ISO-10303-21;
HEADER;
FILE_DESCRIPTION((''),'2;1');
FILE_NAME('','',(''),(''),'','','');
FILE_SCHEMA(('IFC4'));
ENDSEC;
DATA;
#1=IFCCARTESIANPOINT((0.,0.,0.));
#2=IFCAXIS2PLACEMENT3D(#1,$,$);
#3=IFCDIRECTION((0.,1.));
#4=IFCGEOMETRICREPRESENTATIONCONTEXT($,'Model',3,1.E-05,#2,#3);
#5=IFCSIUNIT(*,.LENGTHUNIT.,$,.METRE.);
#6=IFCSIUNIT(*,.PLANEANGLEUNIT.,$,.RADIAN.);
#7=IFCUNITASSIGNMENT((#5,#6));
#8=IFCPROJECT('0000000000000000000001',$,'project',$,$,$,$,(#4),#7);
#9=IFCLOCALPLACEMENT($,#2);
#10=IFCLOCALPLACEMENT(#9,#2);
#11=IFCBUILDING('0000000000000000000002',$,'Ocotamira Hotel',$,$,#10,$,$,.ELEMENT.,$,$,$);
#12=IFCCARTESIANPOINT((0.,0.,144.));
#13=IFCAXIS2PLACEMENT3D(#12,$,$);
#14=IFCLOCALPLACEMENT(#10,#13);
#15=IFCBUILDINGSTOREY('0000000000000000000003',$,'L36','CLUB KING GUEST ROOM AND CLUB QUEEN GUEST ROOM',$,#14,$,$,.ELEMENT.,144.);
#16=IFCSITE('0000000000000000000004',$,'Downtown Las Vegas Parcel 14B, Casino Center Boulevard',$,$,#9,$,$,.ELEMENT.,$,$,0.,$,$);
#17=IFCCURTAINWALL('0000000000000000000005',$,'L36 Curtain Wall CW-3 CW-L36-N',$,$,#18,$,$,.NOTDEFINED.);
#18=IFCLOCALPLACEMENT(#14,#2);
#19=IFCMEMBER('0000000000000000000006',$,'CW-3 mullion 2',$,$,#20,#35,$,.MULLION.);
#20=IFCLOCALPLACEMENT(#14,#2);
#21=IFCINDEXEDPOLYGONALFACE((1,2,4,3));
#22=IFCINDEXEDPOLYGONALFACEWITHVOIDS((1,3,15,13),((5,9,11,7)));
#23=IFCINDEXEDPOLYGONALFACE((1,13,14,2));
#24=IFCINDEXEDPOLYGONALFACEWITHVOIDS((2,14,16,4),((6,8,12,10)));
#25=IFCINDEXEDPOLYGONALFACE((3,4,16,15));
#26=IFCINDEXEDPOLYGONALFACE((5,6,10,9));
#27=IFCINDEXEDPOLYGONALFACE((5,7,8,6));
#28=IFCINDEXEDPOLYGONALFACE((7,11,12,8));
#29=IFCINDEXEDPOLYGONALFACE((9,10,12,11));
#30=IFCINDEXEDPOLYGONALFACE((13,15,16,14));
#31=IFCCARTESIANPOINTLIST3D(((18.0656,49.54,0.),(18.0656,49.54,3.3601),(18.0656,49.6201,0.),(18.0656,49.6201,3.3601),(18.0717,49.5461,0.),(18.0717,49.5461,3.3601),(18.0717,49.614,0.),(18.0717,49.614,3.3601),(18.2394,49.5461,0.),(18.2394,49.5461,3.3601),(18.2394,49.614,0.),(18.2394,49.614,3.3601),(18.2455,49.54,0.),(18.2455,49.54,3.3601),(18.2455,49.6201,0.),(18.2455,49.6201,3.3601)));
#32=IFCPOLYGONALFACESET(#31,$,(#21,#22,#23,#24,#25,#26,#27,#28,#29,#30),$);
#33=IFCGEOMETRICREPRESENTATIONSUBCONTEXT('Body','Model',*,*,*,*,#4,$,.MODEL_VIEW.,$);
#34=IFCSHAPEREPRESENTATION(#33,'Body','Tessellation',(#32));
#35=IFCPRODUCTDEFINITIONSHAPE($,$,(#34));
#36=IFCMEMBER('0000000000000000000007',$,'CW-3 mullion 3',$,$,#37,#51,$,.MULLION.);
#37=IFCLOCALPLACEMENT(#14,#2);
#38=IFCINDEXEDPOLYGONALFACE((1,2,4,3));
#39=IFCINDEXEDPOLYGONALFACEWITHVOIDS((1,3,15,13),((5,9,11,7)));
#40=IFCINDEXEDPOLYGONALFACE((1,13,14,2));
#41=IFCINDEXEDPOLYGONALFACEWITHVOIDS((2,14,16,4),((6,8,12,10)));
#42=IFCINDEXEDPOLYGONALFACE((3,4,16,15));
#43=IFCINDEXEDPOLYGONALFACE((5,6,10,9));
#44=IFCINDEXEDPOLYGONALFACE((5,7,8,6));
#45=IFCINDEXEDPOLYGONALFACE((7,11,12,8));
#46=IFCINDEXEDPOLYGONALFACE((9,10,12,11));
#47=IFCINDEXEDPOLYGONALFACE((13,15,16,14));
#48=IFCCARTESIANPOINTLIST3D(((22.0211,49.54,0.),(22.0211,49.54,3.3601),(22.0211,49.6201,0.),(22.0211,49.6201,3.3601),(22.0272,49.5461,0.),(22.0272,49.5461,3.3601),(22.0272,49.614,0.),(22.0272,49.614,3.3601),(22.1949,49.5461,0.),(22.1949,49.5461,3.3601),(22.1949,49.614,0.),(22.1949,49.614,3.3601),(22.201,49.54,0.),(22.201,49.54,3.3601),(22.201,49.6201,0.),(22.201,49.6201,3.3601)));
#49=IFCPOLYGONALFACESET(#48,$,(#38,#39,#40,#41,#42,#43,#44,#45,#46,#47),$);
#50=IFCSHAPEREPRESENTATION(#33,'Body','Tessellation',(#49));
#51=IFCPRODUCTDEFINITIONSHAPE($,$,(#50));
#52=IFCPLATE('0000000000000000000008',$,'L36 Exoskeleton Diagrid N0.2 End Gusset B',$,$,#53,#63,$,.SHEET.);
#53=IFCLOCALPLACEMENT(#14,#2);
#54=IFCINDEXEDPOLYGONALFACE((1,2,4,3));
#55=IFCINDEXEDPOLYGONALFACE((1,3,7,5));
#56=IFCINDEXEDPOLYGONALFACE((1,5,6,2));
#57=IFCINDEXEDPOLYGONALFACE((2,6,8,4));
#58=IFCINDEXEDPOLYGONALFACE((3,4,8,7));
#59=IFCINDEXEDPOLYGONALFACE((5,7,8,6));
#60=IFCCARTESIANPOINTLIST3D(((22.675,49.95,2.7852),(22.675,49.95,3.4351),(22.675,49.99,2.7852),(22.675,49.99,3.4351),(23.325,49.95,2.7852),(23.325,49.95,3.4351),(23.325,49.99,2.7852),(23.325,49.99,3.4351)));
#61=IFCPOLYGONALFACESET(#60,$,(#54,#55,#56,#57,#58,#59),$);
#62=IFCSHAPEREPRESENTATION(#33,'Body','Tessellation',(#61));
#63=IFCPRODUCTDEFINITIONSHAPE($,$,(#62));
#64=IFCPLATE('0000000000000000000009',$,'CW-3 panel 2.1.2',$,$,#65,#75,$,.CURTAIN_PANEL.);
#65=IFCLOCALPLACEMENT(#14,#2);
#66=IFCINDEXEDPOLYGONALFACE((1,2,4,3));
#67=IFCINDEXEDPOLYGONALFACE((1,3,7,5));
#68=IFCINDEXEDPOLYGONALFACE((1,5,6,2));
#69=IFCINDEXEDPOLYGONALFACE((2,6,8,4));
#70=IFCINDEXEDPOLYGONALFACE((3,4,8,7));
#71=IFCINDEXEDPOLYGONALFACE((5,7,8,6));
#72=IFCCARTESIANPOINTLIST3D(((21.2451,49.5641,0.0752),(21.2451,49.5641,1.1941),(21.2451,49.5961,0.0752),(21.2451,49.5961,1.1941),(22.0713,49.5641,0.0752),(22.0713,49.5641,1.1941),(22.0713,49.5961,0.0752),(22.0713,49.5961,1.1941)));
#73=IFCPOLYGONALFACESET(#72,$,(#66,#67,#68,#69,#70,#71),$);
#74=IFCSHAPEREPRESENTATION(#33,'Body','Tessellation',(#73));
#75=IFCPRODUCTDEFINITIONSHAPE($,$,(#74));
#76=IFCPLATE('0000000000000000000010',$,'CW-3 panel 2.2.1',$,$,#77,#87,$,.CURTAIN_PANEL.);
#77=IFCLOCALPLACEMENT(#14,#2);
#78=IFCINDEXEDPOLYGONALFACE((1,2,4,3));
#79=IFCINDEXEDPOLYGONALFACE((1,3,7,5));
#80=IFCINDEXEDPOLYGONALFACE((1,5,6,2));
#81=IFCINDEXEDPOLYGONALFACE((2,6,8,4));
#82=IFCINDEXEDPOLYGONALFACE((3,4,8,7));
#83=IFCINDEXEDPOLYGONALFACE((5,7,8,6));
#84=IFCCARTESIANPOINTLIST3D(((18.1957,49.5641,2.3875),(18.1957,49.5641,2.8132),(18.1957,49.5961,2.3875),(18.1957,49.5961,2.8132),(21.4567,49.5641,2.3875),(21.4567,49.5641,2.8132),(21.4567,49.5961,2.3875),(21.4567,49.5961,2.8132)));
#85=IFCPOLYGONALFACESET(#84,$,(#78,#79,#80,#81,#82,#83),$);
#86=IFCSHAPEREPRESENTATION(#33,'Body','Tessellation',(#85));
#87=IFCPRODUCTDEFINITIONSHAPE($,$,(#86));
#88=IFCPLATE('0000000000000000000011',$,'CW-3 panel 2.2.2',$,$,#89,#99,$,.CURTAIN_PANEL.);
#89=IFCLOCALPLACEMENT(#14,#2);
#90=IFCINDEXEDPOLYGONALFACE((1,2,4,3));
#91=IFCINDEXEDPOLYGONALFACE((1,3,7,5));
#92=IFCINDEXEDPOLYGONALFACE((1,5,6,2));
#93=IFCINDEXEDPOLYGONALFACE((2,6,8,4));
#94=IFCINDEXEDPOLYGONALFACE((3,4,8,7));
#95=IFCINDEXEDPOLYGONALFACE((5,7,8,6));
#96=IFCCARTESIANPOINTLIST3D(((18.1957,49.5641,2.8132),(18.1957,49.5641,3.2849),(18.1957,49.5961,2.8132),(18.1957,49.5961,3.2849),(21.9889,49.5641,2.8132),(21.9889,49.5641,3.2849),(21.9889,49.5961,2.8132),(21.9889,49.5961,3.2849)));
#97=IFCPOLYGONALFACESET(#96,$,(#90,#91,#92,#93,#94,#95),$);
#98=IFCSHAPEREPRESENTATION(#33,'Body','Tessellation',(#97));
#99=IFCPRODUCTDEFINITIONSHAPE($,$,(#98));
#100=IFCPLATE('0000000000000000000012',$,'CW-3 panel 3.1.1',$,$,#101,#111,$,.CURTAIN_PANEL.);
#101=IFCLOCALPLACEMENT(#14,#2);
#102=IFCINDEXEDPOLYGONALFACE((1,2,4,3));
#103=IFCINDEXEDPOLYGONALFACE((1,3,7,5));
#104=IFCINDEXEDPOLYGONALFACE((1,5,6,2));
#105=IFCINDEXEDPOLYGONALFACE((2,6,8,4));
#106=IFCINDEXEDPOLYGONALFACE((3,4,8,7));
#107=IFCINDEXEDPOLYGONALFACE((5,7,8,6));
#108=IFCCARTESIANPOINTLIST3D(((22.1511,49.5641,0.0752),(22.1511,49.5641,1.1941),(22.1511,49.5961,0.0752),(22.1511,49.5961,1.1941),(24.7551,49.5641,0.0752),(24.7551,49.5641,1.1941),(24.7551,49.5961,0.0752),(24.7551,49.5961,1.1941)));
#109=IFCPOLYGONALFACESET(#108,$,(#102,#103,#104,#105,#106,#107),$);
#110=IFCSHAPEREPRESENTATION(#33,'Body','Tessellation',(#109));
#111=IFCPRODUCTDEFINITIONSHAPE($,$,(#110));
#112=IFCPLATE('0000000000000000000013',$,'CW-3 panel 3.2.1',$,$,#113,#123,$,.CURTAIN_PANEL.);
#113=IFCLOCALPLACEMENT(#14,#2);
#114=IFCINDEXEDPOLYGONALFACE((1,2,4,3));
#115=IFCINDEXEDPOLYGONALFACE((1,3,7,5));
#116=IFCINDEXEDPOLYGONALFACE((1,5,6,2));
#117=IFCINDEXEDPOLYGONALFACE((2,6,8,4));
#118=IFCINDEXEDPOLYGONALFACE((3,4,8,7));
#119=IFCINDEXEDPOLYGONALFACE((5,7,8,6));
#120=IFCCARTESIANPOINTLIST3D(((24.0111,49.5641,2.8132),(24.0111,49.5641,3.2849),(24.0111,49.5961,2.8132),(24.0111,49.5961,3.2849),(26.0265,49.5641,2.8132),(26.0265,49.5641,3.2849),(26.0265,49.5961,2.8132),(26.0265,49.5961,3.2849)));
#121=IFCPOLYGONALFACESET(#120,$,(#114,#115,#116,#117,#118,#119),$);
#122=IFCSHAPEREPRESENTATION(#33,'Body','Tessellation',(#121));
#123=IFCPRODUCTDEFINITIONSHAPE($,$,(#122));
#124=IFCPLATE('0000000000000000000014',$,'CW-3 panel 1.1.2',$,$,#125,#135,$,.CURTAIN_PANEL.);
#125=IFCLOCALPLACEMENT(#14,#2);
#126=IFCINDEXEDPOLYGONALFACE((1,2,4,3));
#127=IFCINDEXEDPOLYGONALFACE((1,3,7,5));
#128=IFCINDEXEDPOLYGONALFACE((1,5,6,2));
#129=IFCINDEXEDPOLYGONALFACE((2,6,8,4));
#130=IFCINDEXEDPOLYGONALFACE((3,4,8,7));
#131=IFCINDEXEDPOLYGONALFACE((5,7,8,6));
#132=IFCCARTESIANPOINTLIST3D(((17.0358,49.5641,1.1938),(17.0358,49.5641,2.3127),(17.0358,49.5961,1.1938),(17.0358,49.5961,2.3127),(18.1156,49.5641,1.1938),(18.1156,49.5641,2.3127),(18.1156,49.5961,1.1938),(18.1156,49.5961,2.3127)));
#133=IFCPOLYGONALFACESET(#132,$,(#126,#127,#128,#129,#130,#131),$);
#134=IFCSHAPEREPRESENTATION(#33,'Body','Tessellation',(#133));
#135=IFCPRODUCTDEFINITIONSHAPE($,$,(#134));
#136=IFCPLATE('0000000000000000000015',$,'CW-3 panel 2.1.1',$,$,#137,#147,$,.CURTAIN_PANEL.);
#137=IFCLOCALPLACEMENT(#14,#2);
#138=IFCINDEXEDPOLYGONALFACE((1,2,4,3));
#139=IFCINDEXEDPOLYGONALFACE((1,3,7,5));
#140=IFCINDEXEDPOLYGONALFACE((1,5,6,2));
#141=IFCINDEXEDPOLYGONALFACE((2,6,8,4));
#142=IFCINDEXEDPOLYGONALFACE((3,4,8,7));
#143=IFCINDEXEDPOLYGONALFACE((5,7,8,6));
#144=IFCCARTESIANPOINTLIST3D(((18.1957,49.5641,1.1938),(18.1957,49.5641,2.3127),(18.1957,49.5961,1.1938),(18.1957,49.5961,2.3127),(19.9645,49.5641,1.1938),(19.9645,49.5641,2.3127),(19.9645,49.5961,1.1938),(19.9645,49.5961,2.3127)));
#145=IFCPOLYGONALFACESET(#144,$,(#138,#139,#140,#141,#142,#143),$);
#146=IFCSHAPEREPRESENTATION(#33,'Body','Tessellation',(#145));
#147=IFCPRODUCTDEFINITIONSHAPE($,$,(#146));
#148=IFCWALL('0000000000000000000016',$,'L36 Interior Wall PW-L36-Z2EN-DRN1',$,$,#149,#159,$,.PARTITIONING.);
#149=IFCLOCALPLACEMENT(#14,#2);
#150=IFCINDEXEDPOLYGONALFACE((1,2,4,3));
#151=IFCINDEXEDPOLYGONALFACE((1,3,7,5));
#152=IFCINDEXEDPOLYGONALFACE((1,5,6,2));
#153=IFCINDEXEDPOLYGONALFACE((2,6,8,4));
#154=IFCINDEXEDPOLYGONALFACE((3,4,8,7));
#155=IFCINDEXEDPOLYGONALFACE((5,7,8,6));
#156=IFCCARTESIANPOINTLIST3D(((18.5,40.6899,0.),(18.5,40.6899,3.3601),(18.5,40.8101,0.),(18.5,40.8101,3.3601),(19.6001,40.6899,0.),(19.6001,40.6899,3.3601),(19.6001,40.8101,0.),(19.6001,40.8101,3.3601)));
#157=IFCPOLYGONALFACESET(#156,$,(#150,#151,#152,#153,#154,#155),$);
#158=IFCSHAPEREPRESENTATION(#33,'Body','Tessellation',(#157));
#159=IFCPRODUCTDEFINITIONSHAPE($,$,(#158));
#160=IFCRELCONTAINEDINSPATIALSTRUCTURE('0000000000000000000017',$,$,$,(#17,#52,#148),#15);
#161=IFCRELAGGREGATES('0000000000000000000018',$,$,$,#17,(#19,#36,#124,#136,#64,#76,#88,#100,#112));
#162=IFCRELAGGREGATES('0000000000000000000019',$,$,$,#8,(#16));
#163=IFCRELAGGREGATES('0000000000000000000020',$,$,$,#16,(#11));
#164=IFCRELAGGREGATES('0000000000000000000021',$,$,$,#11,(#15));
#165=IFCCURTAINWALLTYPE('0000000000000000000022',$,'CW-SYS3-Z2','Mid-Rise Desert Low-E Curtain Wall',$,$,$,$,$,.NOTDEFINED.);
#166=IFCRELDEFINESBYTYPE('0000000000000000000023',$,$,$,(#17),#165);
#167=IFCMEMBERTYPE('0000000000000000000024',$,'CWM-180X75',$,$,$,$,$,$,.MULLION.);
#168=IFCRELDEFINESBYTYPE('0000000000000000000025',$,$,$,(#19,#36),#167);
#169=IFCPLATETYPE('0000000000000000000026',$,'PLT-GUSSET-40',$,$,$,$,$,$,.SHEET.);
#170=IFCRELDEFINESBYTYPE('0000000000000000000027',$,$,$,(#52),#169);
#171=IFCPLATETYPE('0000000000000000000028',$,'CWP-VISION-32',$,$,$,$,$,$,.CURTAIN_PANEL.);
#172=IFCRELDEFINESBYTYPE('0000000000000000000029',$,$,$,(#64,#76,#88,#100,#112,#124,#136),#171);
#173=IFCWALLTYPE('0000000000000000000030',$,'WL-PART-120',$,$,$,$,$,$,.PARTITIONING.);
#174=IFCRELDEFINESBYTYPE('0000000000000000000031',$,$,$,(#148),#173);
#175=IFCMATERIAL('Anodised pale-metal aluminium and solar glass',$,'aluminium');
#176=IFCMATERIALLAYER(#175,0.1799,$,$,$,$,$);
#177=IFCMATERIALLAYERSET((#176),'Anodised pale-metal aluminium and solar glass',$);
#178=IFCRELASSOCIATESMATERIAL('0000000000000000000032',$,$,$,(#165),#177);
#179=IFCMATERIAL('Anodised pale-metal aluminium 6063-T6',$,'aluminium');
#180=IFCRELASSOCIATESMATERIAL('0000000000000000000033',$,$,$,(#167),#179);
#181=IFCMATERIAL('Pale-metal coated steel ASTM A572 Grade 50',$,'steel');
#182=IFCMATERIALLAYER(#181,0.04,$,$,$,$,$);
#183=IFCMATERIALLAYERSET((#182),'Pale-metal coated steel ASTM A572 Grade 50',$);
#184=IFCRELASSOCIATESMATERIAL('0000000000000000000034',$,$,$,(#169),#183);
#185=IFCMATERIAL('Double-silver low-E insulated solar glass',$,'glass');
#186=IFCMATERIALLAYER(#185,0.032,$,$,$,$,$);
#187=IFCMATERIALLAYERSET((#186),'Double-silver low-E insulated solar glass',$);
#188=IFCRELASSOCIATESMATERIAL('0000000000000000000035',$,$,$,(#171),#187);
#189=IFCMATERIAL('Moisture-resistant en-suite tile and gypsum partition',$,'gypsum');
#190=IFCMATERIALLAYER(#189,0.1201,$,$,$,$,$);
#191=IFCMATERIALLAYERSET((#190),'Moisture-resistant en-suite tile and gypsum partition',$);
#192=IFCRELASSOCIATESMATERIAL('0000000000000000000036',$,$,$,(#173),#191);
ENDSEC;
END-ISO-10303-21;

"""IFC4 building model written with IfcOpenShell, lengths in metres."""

from ifc_helpers import new_model, si_unit, direction, frame, frame_2d, origin, origin_2d, place, context, subcontext, project, spatial, rectangle, hollow_rectangle, extrude, source, transform, mapped, material, layer, layer_set, material_profile, profile_set, type_object, element, aggregate, save


model = new_model("IFC4")

# Units and contexts
model_context = context("Model", 3, precision=1e-05, world=origin(), true_north=direction((0.0, 1.0)))
body_context = subcontext(model_context, "Body", "Model", "MODEL_VIEW")
ifc_project = project(units=[si_unit("LENGTHUNIT", "METRE"), si_unit("PLANEANGLEUNIT", "RADIAN")], contexts=[model_context])

# Site, building, storey
site_placement = place(None, origin())
site = spatial("IfcSite", under=ifc_project, at=site_placement, Name="Downtown Las Vegas Parcel 14B, Casino Center Boulevard", CompositionType="ELEMENT", RefElevation=0.0)
building_placement = place(site_placement, origin())
building = spatial("IfcBuilding", under=site, at=building_placement, Name="Ocotamira Hotel", CompositionType="ELEMENT")
storey_placement = place(building_placement, frame((0.0, 0.0, 144.0)))
storey = spatial("IfcBuildingStorey", under=building, at=storey_placement, Name="L36", Description="CLUB KING GUEST ROOM AND CLUB QUEEN GUEST ROOM", CompositionType="ELEMENT", Elevation=144.0)

# Curtain wall, members
ifc_material_1 = material(Name="Anodised pale-metal aluminium and solar glass", Category="aluminium")
ifc_layer_1 = layer(ifc_material_1, 0.1799)
ifc_layer_set_1 = layer_set([ifc_layer_1], Name="Anodised pale-metal aluminium and solar glass")
curtain_wall_type = type_object("IfcCurtainWallType", Name="CW-SYS3-Z2", Description="Mid-Rise Desert Low-E Curtain Wall", PredefinedType="NOTDEFINED", material=ifc_layer_set_1)
curtain_wall_placement = place(storey_placement, origin())
curtain_wall = element("IfcCurtainWall", 1, at=curtain_wall_placement, inside=storey, type_object=curtain_wall_type, Name="L36 Curtain Wall CW-3 CW-L36-N", PredefinedType="NOTDEFINED")
ifc_material_2 = material(Name="Anodised pale-metal aluminium 6063-T6", Category="aluminium")
ifc_material_profile_1 = material_profile(ifc_material_2, hollow_rectangle(XDim=0.0801, YDim=0.1799, WallThickness=0.0061, at=origin_2d()), Name="HSS180X80X6")
ifc_profile_set_1 = profile_set([ifc_material_profile_1], Name="Anodised pale-metal aluminium 6063-T6")
member_type_1 = type_object("IfcMemberType", Name="CWM-180X75", PredefinedType="MULLION", material=ifc_profile_set_1)
shared_shape_1 = source(origin(), body_context, "Body", "SweptSolid", [
    extrude(hollow_rectangle(XDim=0.0801, YDim=0.1799, WallThickness=0.0061, at=origin_2d()), origin(), (0.0, 0.0, 1.0), 3.3601),
])
member_1_placement = place(storey_placement, frame((18.1555, 49.5801, 0.0), z_axis=(0.0, 0.0, 1.0), x_axis=(0.0, 1.0, 0.0)))
member_1 = element("IfcMember", 2, at=member_1_placement, type_object=member_type_1, Name="CW-3 mullion 2", PredefinedType="MULLION", context=body_context, shape_type="MappedRepresentation", body=[
    mapped(shared_shape_1, transform((0.0, 0.0, 0.0), scale=1.0)),
])
member_2_placement = place(storey_placement, frame((22.1111, 49.5801, 0.0), z_axis=(0.0, 0.0, 1.0), x_axis=(0.0, 1.0, 0.0)))
member_2 = element("IfcMember", 3, at=member_2_placement, type_object=member_type_1, Name="CW-3 mullion 3", PredefinedType="MULLION", context=body_context, shape_type="MappedRepresentation", body=[
    mapped(shared_shape_1, transform((0.0, 0.0, 0.0), scale=1.0)),
])

# Plates
ifc_material_3 = material(Name="Pale-metal coated steel ASTM A572 Grade 50", Category="steel")
ifc_layer_2 = layer(ifc_material_3, 0.04)
ifc_layer_set_2 = layer_set([ifc_layer_2], Name="Pale-metal coated steel ASTM A572 Grade 50")
plate_type_1 = type_object("IfcPlateType", Name="PLT-GUSSET-40", PredefinedType="SHEET", material=ifc_layer_set_2)
shared_shape_2 = source(origin(), body_context, "Body", "SweptSolid", [
    extrude(rectangle(XDim=0.6499, YDim=0.04, at=origin_2d()), origin(), (0.0, 0.0, 1.0), 0.6499),
])
plate_1_placement = place(storey_placement, frame((23.0, 49.97, 2.7852), z_axis=(0.0, 0.0, 1.0), x_axis=(1.0, 0.0, 0.0)))
element("IfcPlate", 4, at=plate_1_placement, inside=storey, type_object=plate_type_1, Name="L36 Exoskeleton Diagrid N0.2 End Gusset B", PredefinedType="SHEET", context=body_context, shape_type="MappedRepresentation", body=[
    mapped(shared_shape_2, transform((0.0, 0.0, 0.0), scale=1.0)),
])
ifc_material_4 = material(Name="Double-silver low-E insulated solar glass", Category="glass")
ifc_layer_3 = layer(ifc_material_4, 0.032)
ifc_layer_set_3 = layer_set([ifc_layer_3], Name="Double-silver low-E insulated solar glass")
plate_type_2 = type_object("IfcPlateType", Name="CWP-VISION-32", PredefinedType="CURTAIN_PANEL", material=ifc_layer_set_3)
shared_shape_3 = source(origin(), body_context, "Body", "SweptSolid", [
    extrude(rectangle(XDim=0.8262, YDim=0.032, at=origin_2d()), origin(), (0.0, 0.0, 1.0), 1.1189),
])
plate_2_placement = place(storey_placement, frame((21.6582, 49.5801, 0.0752), z_axis=(0.0, 0.0, 1.0), x_axis=(1.0, 0.0, 0.0)))
plate_2 = element("IfcPlate", 5, at=plate_2_placement, type_object=plate_type_2, Name="CW-3 panel 2.1.2", PredefinedType="CURTAIN_PANEL", context=body_context, shape_type="MappedRepresentation", body=[
    mapped(shared_shape_3, transform((0.0, 0.0, 0.0), scale=1.0)),
])
shared_shape_4 = source(origin(), body_context, "Body", "SweptSolid", [
    extrude(rectangle(XDim=3.261, YDim=0.032, at=origin_2d()), origin(), (0.0, 0.0, 1.0), 0.4258),
])
plate_3_placement = place(storey_placement, frame((19.8262, 49.5801, 2.3875), z_axis=(0.0, 0.0, 1.0), x_axis=(1.0, 0.0, 0.0)))
plate_3 = element("IfcPlate", 6, at=plate_3_placement, type_object=plate_type_2, Name="CW-3 panel 2.2.1", PredefinedType="CURTAIN_PANEL", context=body_context, shape_type="MappedRepresentation", body=[
    mapped(shared_shape_4, transform((0.0, 0.0, 0.0), scale=1.0)),
])
shared_shape_5 = source(origin(), body_context, "Body", "SweptSolid", [
    extrude(rectangle(XDim=3.7932, YDim=0.032, at=origin_2d()), origin(), (0.0, 0.0, 1.0), 0.4717),
])
plate_4_placement = place(storey_placement, frame((20.0923, 49.5801, 2.8132), z_axis=(0.0, 0.0, 1.0), x_axis=(1.0, 0.0, 0.0)))
plate_4 = element("IfcPlate", 7, at=plate_4_placement, type_object=plate_type_2, Name="CW-3 panel 2.2.2", PredefinedType="CURTAIN_PANEL", context=body_context, shape_type="MappedRepresentation", body=[
    mapped(shared_shape_5, transform((0.0, 0.0, 0.0), scale=1.0)),
])
shared_shape_6 = source(origin(), body_context, "Body", "SweptSolid", [
    extrude(rectangle(XDim=2.604, YDim=0.032, at=origin_2d()), origin(), (0.0, 0.0, 1.0), 1.1189),
])
plate_5_placement = place(storey_placement, frame((23.4531, 49.5801, 0.0752), z_axis=(0.0, 0.0, 1.0), x_axis=(1.0, 0.0, 0.0)))
plate_5 = element("IfcPlate", 8, at=plate_5_placement, type_object=plate_type_2, Name="CW-3 panel 3.1.1", PredefinedType="CURTAIN_PANEL", context=body_context, shape_type="MappedRepresentation", body=[
    mapped(shared_shape_6, transform((0.0, 0.0, 0.0), scale=1.0)),
])
shared_shape_7 = source(origin(), body_context, "Body", "SweptSolid", [
    extrude(rectangle(XDim=2.0154, YDim=0.032, at=origin_2d()), origin(), (0.0, 0.0, 1.0), 0.4717),
])
plate_6_placement = place(storey_placement, frame((25.0188, 49.5801, 2.8132), z_axis=(0.0, 0.0, 1.0), x_axis=(1.0, 0.0, 0.0)))
plate_6 = element("IfcPlate", 9, at=plate_6_placement, type_object=plate_type_2, Name="CW-3 panel 3.2.1", PredefinedType="CURTAIN_PANEL", context=body_context, shape_type="MappedRepresentation", body=[
    mapped(shared_shape_7, transform((0.0, 0.0, 0.0), scale=1.0)),
])
shared_shape_8 = source(origin(), body_context, "Body", "SweptSolid", [
    extrude(rectangle(XDim=1.0798, YDim=0.032, at=origin_2d()), origin(), (0.0, 0.0, 1.0), 1.1189),
])
plate_7_placement = place(storey_placement, frame((17.5757, 49.5801, 1.1938), z_axis=(0.0, 0.0, 1.0), x_axis=(1.0, 0.0, 0.0)))
plate_7 = element("IfcPlate", 10, at=plate_7_placement, type_object=plate_type_2, Name="CW-3 panel 1.1.2", PredefinedType="CURTAIN_PANEL", context=body_context, shape_type="MappedRepresentation", body=[
    mapped(shared_shape_8, transform((0.0, 0.0, 0.0), scale=1.0)),
])
shared_shape_9 = source(origin(), body_context, "Body", "SweptSolid", [
    extrude(rectangle(XDim=1.7688, YDim=0.032, at=origin_2d()), origin(), (0.0, 0.0, 1.0), 1.1189),
])
plate_8_placement = place(storey_placement, frame((19.0801, 49.5801, 1.1938), z_axis=(0.0, 0.0, 1.0), x_axis=(1.0, 0.0, 0.0)))
plate_8 = element("IfcPlate", 11, at=plate_8_placement, type_object=plate_type_2, Name="CW-3 panel 2.1.1", PredefinedType="CURTAIN_PANEL", context=body_context, shape_type="MappedRepresentation", body=[
    mapped(shared_shape_9, transform((0.0, 0.0, 0.0), scale=1.0)),
])
aggregate(curtain_wall, [member_1, member_2, plate_7, plate_8, plate_2, plate_3, plate_4, plate_5, plate_6])

# Wall
ifc_material_5 = material(Name="Moisture-resistant en-suite tile and gypsum partition", Category="gypsum")
ifc_layer_4 = layer(ifc_material_5, 0.1201)
ifc_layer_set_4 = layer_set([ifc_layer_4], Name="Moisture-resistant en-suite tile and gypsum partition")
wall_type_1 = type_object("IfcWallType", Name="WL-PART-120", PredefinedType="PARTITIONING", material=ifc_layer_set_4)
wall_1_placement = place(storey_placement, frame((18.5, 40.75, 0.0), z_axis=(0.0, 0.0, 1.0), x_axis=(1.0, 0.0, 0.0)))
element("IfcWall", 12, at=wall_1_placement, inside=storey, type_object=wall_type_1, Name="L36 Interior Wall PW-L36-Z2EN-DRN1", PredefinedType="PARTITIONING", context=body_context, shape_type="SweptSolid", body=[
    extrude(rectangle(XDim=1.1001, YDim=0.1201, at=frame_2d((0.55, 0.0))), origin(), (0.0, 0.0, 1.0), 3.3601),
])

save(model, "model.ifc")
